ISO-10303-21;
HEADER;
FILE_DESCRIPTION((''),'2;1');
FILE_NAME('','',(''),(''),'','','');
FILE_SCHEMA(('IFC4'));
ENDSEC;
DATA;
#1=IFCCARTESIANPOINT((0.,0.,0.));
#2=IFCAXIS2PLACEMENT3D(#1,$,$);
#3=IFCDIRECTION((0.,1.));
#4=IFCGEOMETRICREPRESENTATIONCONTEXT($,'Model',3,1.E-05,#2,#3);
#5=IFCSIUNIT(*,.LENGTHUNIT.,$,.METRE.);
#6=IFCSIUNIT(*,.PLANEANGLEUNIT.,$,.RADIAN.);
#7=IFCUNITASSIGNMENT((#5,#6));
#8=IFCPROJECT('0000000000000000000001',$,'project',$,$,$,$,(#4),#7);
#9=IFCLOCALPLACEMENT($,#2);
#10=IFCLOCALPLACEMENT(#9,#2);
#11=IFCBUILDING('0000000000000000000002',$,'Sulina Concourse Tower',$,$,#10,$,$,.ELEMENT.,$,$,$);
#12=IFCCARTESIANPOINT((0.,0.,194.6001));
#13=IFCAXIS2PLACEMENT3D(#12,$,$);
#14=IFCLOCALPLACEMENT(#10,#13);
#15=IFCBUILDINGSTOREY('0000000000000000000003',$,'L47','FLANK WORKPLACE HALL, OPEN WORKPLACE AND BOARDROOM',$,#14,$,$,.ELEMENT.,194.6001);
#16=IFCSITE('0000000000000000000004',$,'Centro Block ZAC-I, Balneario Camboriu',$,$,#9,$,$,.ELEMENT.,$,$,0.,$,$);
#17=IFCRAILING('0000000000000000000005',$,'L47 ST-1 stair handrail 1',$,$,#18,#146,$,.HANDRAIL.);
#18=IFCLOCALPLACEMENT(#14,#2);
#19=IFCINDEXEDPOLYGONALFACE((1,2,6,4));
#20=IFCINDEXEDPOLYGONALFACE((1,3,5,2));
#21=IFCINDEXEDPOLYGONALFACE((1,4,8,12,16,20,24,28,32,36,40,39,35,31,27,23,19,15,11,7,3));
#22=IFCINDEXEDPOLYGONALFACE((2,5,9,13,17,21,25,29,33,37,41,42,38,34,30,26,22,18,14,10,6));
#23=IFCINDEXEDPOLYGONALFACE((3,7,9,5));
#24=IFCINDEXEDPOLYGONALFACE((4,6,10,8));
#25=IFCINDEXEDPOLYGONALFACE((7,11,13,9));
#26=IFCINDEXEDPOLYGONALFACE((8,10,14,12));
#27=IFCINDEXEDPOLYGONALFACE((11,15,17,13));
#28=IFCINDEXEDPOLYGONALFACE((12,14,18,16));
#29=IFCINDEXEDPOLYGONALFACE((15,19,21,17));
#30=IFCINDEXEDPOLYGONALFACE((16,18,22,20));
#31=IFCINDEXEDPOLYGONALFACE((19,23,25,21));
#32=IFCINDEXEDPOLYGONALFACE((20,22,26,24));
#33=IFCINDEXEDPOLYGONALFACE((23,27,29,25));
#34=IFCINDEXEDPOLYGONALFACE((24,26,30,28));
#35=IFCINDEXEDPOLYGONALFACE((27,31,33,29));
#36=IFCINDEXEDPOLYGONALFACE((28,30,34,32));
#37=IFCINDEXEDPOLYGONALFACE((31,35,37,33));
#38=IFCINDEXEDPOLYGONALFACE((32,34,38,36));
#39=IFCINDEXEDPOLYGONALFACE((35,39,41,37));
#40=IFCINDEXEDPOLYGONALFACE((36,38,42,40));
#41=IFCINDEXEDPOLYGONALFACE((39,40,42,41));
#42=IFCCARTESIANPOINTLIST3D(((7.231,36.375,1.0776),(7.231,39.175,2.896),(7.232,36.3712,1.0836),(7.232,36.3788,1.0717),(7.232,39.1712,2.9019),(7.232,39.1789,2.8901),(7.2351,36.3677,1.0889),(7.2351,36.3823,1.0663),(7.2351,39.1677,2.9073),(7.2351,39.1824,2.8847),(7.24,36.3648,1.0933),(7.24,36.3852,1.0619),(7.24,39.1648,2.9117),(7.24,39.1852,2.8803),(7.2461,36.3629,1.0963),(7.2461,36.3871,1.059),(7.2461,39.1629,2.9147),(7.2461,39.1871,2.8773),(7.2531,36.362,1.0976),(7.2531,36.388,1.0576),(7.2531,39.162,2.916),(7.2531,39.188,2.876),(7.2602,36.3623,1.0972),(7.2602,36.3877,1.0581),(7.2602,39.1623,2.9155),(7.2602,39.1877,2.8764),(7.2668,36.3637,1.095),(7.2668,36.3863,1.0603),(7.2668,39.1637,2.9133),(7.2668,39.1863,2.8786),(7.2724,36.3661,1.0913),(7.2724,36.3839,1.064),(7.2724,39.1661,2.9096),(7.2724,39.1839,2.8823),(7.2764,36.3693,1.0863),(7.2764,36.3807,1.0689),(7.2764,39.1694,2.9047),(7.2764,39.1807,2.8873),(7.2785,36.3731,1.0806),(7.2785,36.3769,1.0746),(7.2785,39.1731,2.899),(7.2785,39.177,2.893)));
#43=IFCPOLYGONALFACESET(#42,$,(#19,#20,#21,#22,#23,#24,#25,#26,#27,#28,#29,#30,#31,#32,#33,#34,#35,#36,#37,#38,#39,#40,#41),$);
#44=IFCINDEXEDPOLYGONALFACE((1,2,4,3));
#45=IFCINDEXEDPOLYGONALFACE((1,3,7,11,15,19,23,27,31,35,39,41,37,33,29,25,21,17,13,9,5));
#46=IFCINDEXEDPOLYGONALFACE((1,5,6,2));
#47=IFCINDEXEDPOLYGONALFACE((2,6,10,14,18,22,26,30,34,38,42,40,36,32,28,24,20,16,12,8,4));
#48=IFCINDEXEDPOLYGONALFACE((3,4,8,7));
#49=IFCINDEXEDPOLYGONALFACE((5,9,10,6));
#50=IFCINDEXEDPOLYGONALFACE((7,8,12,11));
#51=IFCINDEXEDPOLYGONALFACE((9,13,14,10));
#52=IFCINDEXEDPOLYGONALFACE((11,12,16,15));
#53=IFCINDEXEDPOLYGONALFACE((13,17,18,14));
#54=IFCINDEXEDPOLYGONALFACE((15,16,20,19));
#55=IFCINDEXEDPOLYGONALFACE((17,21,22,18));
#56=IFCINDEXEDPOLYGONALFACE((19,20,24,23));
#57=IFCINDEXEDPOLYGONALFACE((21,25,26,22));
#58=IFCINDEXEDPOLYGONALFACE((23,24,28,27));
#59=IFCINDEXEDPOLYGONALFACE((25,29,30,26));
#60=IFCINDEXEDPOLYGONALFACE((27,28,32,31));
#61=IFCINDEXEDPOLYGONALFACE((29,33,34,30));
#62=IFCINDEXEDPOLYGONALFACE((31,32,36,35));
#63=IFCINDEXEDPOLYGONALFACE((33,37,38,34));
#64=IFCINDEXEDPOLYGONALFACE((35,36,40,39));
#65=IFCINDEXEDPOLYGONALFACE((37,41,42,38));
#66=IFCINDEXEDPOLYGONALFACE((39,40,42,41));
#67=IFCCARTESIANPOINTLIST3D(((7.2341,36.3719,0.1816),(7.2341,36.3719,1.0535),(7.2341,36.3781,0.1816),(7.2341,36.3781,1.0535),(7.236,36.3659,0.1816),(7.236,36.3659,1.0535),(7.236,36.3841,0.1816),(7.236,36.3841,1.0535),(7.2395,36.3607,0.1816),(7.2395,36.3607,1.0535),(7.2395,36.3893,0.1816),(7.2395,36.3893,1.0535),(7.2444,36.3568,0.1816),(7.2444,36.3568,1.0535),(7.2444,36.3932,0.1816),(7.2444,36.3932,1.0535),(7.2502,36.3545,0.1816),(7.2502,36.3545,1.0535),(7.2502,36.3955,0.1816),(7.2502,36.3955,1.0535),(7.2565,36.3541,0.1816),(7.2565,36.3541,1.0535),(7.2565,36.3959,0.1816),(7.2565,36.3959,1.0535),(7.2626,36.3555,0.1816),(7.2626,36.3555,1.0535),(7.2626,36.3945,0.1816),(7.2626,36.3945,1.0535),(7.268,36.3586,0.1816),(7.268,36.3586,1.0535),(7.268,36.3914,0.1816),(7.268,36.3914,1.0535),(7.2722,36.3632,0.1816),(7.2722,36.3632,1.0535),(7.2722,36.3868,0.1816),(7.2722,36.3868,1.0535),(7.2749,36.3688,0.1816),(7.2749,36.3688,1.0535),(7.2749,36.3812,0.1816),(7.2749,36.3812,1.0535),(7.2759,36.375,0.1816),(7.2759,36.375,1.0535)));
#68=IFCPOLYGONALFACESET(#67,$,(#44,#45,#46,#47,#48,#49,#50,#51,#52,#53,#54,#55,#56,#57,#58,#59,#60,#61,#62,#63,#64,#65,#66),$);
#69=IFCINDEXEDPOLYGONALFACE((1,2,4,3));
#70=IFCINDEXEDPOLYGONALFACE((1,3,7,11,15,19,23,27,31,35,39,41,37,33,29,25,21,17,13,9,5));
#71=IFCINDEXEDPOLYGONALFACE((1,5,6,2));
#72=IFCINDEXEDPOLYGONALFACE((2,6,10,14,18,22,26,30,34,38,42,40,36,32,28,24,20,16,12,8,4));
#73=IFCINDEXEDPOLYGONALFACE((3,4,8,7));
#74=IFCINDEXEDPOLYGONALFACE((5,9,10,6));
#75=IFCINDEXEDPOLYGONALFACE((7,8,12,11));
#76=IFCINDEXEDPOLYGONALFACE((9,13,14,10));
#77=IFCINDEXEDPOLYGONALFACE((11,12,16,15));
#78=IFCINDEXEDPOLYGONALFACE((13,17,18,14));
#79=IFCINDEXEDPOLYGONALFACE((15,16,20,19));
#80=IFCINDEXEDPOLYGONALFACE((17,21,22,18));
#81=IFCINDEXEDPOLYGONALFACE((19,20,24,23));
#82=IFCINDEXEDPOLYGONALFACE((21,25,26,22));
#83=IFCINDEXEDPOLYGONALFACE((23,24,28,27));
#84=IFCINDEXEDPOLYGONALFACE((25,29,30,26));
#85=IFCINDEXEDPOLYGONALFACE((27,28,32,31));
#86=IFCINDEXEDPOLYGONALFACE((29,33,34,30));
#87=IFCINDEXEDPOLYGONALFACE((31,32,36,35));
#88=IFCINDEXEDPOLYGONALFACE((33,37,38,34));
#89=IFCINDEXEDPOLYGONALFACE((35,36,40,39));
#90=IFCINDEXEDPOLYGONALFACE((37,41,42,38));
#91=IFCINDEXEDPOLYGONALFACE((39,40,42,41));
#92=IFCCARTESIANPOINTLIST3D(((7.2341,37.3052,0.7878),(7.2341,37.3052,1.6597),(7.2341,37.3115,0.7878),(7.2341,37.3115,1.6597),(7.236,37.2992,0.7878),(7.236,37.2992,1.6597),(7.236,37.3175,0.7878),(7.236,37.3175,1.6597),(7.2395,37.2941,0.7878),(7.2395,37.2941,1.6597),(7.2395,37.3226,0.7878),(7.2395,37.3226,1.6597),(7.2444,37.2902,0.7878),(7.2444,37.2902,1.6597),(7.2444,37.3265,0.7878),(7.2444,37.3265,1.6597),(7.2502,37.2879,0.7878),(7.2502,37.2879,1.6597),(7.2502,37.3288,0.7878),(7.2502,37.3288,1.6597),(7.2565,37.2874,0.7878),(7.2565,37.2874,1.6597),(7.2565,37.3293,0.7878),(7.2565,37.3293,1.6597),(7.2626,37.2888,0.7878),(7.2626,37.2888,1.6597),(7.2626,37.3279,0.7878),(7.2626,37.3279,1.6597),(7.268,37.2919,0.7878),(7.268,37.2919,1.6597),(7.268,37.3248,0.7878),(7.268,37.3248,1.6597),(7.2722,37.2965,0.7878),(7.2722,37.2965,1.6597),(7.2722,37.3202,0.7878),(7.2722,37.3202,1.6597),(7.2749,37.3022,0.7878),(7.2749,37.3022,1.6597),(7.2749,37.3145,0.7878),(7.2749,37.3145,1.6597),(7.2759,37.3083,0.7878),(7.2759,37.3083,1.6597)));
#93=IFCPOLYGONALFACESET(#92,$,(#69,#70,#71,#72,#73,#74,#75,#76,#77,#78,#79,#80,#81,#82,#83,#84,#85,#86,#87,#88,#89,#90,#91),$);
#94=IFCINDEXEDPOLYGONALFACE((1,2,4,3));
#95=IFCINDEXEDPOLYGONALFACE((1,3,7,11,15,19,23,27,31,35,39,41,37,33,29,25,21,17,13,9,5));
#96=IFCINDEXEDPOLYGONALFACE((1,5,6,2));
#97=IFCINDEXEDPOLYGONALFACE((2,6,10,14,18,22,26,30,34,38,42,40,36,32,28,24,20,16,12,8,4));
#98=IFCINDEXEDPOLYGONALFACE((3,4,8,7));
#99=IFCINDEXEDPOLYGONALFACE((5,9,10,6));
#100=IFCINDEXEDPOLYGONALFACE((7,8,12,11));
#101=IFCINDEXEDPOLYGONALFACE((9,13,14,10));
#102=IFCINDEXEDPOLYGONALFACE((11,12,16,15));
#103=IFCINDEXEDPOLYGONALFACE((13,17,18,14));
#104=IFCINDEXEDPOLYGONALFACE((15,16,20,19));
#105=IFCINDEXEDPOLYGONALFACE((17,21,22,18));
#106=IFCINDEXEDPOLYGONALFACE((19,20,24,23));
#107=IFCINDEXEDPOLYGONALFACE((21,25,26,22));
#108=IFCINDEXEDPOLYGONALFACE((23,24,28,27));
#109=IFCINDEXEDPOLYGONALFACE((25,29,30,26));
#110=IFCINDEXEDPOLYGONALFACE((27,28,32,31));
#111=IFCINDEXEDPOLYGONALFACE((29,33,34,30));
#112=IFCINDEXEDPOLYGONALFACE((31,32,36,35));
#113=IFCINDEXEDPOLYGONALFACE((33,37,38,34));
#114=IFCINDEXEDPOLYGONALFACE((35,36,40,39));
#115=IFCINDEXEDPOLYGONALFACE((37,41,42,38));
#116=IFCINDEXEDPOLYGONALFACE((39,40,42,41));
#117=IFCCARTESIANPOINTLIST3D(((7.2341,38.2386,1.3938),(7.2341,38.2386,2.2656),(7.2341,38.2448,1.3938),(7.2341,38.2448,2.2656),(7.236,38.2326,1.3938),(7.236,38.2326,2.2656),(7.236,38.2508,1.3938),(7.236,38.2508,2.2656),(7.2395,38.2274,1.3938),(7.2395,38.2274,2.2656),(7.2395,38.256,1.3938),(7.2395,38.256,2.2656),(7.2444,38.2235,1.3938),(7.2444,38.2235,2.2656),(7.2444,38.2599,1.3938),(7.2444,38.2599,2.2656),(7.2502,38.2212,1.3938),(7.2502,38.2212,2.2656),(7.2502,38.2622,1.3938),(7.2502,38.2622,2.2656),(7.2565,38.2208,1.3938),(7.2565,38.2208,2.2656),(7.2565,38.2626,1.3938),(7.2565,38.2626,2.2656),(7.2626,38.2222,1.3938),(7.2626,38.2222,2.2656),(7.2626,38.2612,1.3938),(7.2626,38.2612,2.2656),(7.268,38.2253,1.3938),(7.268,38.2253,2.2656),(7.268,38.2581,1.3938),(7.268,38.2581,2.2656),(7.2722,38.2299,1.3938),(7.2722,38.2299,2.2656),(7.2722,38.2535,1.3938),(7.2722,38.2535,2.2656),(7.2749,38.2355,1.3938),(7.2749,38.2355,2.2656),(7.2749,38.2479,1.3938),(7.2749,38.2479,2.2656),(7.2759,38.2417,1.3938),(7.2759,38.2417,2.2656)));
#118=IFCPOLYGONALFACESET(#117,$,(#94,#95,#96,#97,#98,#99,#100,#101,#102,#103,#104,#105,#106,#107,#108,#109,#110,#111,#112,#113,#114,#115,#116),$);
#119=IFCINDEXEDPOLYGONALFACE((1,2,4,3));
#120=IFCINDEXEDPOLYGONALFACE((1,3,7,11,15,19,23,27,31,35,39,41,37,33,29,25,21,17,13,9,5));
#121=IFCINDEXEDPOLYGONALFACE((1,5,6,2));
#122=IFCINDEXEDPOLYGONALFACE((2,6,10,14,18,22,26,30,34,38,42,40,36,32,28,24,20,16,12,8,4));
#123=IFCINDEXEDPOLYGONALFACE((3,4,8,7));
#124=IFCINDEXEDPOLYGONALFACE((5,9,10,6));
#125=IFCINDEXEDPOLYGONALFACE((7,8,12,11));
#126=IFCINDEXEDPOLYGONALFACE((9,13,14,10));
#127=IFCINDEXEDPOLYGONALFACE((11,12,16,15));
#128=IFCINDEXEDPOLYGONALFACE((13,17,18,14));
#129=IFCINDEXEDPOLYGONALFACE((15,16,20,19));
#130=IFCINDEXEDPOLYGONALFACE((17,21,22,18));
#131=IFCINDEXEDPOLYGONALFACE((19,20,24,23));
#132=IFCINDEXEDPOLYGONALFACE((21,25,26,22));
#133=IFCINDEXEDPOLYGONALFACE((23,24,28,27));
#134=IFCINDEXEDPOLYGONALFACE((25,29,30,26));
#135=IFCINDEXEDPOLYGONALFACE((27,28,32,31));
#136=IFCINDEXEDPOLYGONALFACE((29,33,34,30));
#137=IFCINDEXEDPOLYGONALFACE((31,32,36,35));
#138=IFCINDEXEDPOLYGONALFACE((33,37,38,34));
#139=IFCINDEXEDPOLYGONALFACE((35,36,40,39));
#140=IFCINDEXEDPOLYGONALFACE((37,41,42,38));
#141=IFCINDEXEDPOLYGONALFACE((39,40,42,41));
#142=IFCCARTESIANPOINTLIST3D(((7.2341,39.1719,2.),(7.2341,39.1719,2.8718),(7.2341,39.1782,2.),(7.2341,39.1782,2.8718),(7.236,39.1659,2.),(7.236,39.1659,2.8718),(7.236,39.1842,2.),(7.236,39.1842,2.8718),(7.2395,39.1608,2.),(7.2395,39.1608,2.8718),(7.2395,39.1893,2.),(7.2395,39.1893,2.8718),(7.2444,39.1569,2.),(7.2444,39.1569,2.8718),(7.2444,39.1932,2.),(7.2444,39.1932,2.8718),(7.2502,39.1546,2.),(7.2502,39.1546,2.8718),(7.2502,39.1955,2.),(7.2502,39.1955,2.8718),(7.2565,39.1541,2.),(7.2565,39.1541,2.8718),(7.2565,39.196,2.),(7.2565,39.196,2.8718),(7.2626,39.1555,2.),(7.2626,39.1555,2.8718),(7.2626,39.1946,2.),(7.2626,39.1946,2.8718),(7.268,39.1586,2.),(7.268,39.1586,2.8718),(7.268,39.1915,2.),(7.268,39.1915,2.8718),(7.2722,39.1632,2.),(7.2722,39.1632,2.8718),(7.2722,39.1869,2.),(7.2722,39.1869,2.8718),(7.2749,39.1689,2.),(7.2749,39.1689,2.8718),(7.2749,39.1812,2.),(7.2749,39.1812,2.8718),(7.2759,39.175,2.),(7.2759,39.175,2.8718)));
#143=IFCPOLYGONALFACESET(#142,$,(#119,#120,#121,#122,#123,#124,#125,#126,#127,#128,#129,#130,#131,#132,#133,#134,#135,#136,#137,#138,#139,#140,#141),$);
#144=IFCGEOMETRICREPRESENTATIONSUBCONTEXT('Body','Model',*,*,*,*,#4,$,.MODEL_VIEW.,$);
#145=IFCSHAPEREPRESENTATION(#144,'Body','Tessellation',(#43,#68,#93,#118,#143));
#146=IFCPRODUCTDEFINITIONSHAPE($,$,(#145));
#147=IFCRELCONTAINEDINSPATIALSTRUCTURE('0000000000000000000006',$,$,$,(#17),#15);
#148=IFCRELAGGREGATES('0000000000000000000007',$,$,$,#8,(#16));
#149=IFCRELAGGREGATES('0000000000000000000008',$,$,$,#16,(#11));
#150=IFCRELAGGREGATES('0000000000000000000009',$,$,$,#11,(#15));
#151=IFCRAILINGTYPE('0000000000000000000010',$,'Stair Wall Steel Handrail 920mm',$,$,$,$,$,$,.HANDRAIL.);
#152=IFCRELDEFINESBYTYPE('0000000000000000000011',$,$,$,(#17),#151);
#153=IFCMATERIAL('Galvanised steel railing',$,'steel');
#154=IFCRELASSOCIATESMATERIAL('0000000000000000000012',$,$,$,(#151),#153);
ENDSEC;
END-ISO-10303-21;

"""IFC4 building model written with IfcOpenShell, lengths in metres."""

from ifc_helpers import new_model, si_unit, direction, frame, origin, origin_2d, place, context, subcontext, project, spatial, circle, extrude, material, type_object, element, save


model = new_model("IFC4")

# Units and contexts
model_context = context("Model", 3, precision=1e-05, world=origin(), true_north=direction((0.0, 1.0)))
body_context = subcontext(model_context, "Body", "Model", "MODEL_VIEW")
ifc_project = project(units=[si_unit("LENGTHUNIT", "METRE"), si_unit("PLANEANGLEUNIT", "RADIAN")], contexts=[model_context])

# Site, building, storey
site_placement = place(None, origin())
site = spatial("IfcSite", under=ifc_project, at=site_placement, Name="Centro Block ZAC-I, Balneario Camboriu", CompositionType="ELEMENT", RefElevation=0.0)
building_placement = place(site_placement, origin())
building = spatial("IfcBuilding", under=site, at=building_placement, Name="Sulina Concourse Tower", CompositionType="ELEMENT")
storey_placement = place(building_placement, frame((0.0, 0.0, 194.6001)))
storey = spatial("IfcBuildingStorey", under=building, at=storey_placement, Name="L47", Description="FLANK WORKPLACE HALL, OPEN WORKPLACE AND BOARDROOM", CompositionType="ELEMENT", Elevation=194.6001)

# Railing
ifc_material_1 = material(Name="Galvanised steel railing", Category="steel")
railing_type_1 = type_object("IfcRailingType", Name="Stair Wall Steel Handrail 920mm", PredefinedType="HANDRAIL", material=ifc_material_1)
railing_1_placement = place(storey_placement, frame((7.2549, 36.375, 0.1816)))
element("IfcRailing", 1, at=railing_1_placement, inside=storey, type_object=railing_type_1, Name="L47 ST-1 stair handrail 1", PredefinedType="HANDRAIL", context=body_context, shape_type="SweptSolid", body=[
    extrude(circle(Radius=0.0239, at=origin_2d()), frame((0.0, 0.0, 0.896), z_axis=(0.0, 0.838672, 0.544636), x_axis=(-1.0, 0.0, 0.0)), (0.0, 0.0, 1.0), 3.3386),
    extrude(circle(Radius=0.021, at=origin_2d()), origin(), (0.0, 0.0, 1.0), 0.8718),
    extrude(circle(Radius=0.021, at=origin_2d()), frame((0.0, 0.9333, 0.6062)), (0.0, 0.0, 1.0), 0.8718),
    extrude(circle(Radius=0.021, at=origin_2d()), frame((0.0, 1.8667, 1.2122)), (0.0, 0.0, 1.0), 0.8718),
    extrude(circle(Radius=0.021, at=origin_2d()), frame((0.0, 2.8, 1.8184)), (0.0, 0.0, 1.0), 0.8718),
])

save(model, "model.ifc")
